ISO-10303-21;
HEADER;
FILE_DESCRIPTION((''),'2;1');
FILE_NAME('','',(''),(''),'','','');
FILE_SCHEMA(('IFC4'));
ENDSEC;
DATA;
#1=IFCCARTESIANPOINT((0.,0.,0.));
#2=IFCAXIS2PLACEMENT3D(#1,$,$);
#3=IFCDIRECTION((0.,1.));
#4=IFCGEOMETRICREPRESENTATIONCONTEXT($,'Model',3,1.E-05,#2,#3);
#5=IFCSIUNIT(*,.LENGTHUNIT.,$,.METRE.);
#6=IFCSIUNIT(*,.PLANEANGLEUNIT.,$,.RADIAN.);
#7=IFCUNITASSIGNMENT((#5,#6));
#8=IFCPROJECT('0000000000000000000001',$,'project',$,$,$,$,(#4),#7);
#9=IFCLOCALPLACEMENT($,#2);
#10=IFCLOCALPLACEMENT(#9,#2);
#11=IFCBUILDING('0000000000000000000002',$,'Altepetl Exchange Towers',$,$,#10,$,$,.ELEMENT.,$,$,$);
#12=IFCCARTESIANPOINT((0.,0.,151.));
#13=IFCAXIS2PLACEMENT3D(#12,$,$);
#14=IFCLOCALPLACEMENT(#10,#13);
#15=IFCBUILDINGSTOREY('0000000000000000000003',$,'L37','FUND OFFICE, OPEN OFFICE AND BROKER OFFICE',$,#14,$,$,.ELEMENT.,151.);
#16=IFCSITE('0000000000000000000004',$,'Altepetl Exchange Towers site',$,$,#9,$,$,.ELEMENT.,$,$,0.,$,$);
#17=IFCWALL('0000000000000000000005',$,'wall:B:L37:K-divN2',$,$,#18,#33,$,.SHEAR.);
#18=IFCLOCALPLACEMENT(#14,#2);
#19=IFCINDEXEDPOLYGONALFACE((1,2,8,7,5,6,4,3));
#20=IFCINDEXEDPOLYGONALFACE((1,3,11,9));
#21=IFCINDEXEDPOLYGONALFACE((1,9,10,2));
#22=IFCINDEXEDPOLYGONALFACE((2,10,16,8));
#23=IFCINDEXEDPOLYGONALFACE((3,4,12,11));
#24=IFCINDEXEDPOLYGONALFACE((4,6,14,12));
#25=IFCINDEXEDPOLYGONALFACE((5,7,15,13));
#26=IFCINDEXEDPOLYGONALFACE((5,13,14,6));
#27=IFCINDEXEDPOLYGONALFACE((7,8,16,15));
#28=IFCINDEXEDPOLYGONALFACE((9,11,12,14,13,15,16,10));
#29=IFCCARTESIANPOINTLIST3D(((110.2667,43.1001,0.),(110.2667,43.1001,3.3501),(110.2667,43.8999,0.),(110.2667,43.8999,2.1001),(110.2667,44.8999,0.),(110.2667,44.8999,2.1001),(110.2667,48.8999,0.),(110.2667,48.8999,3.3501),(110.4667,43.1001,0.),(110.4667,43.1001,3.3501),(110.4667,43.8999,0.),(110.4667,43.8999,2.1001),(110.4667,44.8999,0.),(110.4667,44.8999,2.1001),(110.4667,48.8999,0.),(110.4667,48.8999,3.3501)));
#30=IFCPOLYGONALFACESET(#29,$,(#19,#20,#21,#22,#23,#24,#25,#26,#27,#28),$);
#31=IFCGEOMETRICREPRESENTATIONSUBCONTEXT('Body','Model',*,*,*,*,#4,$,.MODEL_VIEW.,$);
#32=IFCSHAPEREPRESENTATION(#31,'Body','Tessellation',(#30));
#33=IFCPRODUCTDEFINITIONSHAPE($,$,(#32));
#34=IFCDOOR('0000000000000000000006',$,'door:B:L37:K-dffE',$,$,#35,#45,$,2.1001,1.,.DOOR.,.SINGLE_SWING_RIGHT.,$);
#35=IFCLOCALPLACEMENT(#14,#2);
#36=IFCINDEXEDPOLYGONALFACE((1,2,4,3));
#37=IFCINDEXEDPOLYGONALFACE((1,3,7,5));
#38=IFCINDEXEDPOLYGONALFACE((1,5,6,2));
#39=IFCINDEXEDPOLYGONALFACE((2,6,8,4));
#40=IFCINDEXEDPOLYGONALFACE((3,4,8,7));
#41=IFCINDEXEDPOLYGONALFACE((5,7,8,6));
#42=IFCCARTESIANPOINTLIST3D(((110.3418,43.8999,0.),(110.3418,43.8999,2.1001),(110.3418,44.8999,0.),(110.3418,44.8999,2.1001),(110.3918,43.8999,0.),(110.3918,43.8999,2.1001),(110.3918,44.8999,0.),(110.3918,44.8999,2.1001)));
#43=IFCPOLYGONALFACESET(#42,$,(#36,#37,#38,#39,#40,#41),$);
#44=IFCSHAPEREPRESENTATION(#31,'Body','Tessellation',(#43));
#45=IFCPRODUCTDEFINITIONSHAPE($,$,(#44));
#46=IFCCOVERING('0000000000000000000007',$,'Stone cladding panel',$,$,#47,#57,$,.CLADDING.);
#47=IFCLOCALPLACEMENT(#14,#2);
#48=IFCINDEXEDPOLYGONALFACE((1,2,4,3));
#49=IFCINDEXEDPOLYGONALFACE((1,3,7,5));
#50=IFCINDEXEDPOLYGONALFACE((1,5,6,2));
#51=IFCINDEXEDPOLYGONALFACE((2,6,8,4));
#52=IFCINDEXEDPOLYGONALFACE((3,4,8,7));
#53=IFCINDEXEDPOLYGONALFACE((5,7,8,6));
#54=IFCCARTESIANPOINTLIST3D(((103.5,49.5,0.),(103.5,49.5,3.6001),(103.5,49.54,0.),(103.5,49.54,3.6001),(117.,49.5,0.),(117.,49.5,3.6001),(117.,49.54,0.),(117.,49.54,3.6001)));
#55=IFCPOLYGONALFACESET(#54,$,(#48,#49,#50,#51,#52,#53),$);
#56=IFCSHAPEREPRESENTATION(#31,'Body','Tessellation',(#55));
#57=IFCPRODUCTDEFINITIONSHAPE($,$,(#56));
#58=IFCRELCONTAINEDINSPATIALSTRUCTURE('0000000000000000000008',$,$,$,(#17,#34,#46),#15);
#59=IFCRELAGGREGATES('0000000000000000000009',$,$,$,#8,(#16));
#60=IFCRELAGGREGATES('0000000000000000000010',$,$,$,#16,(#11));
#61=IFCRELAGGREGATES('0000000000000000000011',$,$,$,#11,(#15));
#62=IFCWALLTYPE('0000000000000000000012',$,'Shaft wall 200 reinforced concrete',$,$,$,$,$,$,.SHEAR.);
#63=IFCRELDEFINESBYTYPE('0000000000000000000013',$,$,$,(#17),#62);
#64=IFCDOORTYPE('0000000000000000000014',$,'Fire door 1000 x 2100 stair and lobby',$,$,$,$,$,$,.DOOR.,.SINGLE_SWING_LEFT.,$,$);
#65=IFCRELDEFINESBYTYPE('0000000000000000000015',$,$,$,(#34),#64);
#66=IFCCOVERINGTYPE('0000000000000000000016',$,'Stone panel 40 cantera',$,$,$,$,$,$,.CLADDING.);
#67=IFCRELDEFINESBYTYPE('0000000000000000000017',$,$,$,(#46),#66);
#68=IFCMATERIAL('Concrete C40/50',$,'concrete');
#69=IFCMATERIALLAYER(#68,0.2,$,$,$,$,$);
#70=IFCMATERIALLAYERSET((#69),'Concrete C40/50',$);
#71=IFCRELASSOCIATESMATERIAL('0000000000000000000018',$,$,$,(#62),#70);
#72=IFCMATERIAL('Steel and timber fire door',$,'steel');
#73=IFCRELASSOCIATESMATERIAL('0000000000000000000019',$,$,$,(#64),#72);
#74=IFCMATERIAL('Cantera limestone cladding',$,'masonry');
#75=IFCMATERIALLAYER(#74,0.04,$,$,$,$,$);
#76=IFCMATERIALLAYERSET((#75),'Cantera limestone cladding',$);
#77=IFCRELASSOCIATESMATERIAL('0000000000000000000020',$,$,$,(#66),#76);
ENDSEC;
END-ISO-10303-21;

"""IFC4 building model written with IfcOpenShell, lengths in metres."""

from ifc_helpers import new_model, si_unit, direction, frame, frame_2d, origin, origin_2d, place, context, subcontext, project, spatial, rectangle, extrude, material, layer, layer_set, type_object, element, fill, save


model = new_model("IFC4")

# Units and contexts
model_context = context("Model", 3, precision=1e-05, world=origin(), true_north=direction((0.0, 1.0)))
body_context = subcontext(model_context, "Body", "Model", "MODEL_VIEW")
ifc_project = project(units=[si_unit("LENGTHUNIT", "METRE"), si_unit("PLANEANGLEUNIT", "RADIAN")], contexts=[model_context])

# Site, building, storey
site_placement = place(None, origin())
site = spatial("IfcSite", under=ifc_project, at=site_placement, Name="Altepetl Exchange Towers site", CompositionType="ELEMENT", RefElevation=0.0)
building_placement = place(site_placement, origin())
building = spatial("IfcBuilding", under=site, at=building_placement, Name="Altepetl Exchange Towers", CompositionType="ELEMENT")
storey_placement = place(building_placement, frame((0.0, 0.0, 151.0)))
storey = spatial("IfcBuildingStorey", under=building, at=storey_placement, Name="L37", Description="FUND OFFICE, OPEN OFFICE AND BROKER OFFICE", CompositionType="ELEMENT", Elevation=151.0)

# Shared definitions
ifc_material_1 = material(Name="Concrete C40/50", Category="concrete")
ifc_layer_1 = layer(ifc_material_1, 0.2)
ifc_layer_set_1 = layer_set([ifc_layer_1], Name="Concrete C40/50")
wall_type_1 = type_object("IfcWallType", Name="Shaft wall 200 reinforced concrete", PredefinedType="SHEAR", material=ifc_layer_set_1)

# Wall, opening, door
wall_1_placement = place(storey_placement, frame((110.3667, 48.8999, 0.0), z_axis=(0.0, 0.0, 1.0), x_axis=(0.0, -1.0, 0.0)))
wall_1 = element("IfcWall", 1, at=wall_1_placement, inside=storey, type_object=wall_type_1, Name="wall:B:L37:K-divN2", PredefinedType="SHEAR", context=body_context, shape_type="SweptSolid", body=[
    extrude(rectangle(XDim=5.7998, YDim=0.2, at=frame_2d((2.8999, 0.0))), origin(), (0.0, 0.0, 1.0), 3.3501),
])
opening_placement = place(wall_1_placement, frame((4.0, 0.0, 0.0)))
opening = element("IfcOpeningElement", 2, at=opening_placement, cuts=wall_1, PredefinedType="OPENING", context=body_context, shape_type="SweptSolid", body=[
    extrude(rectangle(XDim=1.0, YDim=2.1001, at=frame_2d((0.5, 1.05))), frame((0.0, 0.1099, 0.0), z_axis=(0.0, -1.0, 0.0), x_axis=(1.0, 0.0, 0.0)), (0.0, 0.0, 1.0), 0.22),
])
ifc_material_2 = material(Name="Steel and timber fire door", Category="steel")
door_type = type_object("IfcDoorType", Name="Fire door 1000 x 2100 stair and lobby", OperationType="SINGLE_SWING_LEFT", PredefinedType="DOOR", material=ifc_material_2)
door_placement = place(opening_placement, frame((1.0, 0.0, 0.0), x_axis=(-1.0, 0.0, 0.0)))
door = element("IfcDoor", 3, at=door_placement, inside=storey, type_object=door_type, Name="door:B:L37:K-dffE", OperationType="SINGLE_SWING_RIGHT", OverallHeight=2.1001, OverallWidth=1.0, PredefinedType="DOOR", context=body_context, shape_type="SweptSolid", body=[
    extrude(rectangle(XDim=1.0, YDim=2.1001, at=frame_2d((0.5, 1.05))), frame((0.0, 0.0249, 0.0), z_axis=(0.0, -1.0, 0.0), x_axis=(1.0, 0.0, 0.0)), (0.0, 0.0, 1.0), 0.05),
])
fill(opening, door)

# Covering
ifc_material_3 = material(Name="Cantera limestone cladding", Category="masonry")
ifc_layer_2 = layer(ifc_material_3, 0.04)
ifc_layer_set_2 = layer_set([ifc_layer_2], Name="Cantera limestone cladding")
covering_type = type_object("IfcCoveringType", Name="Stone panel 40 cantera", PredefinedType="CLADDING", material=ifc_layer_set_2)
covering_placement = place(storey_placement, frame((110.25, 49.52, 0.0), z_axis=(0.0, 0.0, 1.0), x_axis=(-1.0, 0.0, 0.0)))
element("IfcCovering", 4, at=covering_placement, inside=storey, type_object=covering_type, Name="Stone cladding panel", PredefinedType="CLADDING", context=body_context, shape_type="SweptSolid", body=[
    extrude(rectangle(XDim=13.5, YDim=0.04, at=origin_2d()), origin(), (0.0, 0.0, 1.0), 3.6001),
])

save(model, "model.ifc")
